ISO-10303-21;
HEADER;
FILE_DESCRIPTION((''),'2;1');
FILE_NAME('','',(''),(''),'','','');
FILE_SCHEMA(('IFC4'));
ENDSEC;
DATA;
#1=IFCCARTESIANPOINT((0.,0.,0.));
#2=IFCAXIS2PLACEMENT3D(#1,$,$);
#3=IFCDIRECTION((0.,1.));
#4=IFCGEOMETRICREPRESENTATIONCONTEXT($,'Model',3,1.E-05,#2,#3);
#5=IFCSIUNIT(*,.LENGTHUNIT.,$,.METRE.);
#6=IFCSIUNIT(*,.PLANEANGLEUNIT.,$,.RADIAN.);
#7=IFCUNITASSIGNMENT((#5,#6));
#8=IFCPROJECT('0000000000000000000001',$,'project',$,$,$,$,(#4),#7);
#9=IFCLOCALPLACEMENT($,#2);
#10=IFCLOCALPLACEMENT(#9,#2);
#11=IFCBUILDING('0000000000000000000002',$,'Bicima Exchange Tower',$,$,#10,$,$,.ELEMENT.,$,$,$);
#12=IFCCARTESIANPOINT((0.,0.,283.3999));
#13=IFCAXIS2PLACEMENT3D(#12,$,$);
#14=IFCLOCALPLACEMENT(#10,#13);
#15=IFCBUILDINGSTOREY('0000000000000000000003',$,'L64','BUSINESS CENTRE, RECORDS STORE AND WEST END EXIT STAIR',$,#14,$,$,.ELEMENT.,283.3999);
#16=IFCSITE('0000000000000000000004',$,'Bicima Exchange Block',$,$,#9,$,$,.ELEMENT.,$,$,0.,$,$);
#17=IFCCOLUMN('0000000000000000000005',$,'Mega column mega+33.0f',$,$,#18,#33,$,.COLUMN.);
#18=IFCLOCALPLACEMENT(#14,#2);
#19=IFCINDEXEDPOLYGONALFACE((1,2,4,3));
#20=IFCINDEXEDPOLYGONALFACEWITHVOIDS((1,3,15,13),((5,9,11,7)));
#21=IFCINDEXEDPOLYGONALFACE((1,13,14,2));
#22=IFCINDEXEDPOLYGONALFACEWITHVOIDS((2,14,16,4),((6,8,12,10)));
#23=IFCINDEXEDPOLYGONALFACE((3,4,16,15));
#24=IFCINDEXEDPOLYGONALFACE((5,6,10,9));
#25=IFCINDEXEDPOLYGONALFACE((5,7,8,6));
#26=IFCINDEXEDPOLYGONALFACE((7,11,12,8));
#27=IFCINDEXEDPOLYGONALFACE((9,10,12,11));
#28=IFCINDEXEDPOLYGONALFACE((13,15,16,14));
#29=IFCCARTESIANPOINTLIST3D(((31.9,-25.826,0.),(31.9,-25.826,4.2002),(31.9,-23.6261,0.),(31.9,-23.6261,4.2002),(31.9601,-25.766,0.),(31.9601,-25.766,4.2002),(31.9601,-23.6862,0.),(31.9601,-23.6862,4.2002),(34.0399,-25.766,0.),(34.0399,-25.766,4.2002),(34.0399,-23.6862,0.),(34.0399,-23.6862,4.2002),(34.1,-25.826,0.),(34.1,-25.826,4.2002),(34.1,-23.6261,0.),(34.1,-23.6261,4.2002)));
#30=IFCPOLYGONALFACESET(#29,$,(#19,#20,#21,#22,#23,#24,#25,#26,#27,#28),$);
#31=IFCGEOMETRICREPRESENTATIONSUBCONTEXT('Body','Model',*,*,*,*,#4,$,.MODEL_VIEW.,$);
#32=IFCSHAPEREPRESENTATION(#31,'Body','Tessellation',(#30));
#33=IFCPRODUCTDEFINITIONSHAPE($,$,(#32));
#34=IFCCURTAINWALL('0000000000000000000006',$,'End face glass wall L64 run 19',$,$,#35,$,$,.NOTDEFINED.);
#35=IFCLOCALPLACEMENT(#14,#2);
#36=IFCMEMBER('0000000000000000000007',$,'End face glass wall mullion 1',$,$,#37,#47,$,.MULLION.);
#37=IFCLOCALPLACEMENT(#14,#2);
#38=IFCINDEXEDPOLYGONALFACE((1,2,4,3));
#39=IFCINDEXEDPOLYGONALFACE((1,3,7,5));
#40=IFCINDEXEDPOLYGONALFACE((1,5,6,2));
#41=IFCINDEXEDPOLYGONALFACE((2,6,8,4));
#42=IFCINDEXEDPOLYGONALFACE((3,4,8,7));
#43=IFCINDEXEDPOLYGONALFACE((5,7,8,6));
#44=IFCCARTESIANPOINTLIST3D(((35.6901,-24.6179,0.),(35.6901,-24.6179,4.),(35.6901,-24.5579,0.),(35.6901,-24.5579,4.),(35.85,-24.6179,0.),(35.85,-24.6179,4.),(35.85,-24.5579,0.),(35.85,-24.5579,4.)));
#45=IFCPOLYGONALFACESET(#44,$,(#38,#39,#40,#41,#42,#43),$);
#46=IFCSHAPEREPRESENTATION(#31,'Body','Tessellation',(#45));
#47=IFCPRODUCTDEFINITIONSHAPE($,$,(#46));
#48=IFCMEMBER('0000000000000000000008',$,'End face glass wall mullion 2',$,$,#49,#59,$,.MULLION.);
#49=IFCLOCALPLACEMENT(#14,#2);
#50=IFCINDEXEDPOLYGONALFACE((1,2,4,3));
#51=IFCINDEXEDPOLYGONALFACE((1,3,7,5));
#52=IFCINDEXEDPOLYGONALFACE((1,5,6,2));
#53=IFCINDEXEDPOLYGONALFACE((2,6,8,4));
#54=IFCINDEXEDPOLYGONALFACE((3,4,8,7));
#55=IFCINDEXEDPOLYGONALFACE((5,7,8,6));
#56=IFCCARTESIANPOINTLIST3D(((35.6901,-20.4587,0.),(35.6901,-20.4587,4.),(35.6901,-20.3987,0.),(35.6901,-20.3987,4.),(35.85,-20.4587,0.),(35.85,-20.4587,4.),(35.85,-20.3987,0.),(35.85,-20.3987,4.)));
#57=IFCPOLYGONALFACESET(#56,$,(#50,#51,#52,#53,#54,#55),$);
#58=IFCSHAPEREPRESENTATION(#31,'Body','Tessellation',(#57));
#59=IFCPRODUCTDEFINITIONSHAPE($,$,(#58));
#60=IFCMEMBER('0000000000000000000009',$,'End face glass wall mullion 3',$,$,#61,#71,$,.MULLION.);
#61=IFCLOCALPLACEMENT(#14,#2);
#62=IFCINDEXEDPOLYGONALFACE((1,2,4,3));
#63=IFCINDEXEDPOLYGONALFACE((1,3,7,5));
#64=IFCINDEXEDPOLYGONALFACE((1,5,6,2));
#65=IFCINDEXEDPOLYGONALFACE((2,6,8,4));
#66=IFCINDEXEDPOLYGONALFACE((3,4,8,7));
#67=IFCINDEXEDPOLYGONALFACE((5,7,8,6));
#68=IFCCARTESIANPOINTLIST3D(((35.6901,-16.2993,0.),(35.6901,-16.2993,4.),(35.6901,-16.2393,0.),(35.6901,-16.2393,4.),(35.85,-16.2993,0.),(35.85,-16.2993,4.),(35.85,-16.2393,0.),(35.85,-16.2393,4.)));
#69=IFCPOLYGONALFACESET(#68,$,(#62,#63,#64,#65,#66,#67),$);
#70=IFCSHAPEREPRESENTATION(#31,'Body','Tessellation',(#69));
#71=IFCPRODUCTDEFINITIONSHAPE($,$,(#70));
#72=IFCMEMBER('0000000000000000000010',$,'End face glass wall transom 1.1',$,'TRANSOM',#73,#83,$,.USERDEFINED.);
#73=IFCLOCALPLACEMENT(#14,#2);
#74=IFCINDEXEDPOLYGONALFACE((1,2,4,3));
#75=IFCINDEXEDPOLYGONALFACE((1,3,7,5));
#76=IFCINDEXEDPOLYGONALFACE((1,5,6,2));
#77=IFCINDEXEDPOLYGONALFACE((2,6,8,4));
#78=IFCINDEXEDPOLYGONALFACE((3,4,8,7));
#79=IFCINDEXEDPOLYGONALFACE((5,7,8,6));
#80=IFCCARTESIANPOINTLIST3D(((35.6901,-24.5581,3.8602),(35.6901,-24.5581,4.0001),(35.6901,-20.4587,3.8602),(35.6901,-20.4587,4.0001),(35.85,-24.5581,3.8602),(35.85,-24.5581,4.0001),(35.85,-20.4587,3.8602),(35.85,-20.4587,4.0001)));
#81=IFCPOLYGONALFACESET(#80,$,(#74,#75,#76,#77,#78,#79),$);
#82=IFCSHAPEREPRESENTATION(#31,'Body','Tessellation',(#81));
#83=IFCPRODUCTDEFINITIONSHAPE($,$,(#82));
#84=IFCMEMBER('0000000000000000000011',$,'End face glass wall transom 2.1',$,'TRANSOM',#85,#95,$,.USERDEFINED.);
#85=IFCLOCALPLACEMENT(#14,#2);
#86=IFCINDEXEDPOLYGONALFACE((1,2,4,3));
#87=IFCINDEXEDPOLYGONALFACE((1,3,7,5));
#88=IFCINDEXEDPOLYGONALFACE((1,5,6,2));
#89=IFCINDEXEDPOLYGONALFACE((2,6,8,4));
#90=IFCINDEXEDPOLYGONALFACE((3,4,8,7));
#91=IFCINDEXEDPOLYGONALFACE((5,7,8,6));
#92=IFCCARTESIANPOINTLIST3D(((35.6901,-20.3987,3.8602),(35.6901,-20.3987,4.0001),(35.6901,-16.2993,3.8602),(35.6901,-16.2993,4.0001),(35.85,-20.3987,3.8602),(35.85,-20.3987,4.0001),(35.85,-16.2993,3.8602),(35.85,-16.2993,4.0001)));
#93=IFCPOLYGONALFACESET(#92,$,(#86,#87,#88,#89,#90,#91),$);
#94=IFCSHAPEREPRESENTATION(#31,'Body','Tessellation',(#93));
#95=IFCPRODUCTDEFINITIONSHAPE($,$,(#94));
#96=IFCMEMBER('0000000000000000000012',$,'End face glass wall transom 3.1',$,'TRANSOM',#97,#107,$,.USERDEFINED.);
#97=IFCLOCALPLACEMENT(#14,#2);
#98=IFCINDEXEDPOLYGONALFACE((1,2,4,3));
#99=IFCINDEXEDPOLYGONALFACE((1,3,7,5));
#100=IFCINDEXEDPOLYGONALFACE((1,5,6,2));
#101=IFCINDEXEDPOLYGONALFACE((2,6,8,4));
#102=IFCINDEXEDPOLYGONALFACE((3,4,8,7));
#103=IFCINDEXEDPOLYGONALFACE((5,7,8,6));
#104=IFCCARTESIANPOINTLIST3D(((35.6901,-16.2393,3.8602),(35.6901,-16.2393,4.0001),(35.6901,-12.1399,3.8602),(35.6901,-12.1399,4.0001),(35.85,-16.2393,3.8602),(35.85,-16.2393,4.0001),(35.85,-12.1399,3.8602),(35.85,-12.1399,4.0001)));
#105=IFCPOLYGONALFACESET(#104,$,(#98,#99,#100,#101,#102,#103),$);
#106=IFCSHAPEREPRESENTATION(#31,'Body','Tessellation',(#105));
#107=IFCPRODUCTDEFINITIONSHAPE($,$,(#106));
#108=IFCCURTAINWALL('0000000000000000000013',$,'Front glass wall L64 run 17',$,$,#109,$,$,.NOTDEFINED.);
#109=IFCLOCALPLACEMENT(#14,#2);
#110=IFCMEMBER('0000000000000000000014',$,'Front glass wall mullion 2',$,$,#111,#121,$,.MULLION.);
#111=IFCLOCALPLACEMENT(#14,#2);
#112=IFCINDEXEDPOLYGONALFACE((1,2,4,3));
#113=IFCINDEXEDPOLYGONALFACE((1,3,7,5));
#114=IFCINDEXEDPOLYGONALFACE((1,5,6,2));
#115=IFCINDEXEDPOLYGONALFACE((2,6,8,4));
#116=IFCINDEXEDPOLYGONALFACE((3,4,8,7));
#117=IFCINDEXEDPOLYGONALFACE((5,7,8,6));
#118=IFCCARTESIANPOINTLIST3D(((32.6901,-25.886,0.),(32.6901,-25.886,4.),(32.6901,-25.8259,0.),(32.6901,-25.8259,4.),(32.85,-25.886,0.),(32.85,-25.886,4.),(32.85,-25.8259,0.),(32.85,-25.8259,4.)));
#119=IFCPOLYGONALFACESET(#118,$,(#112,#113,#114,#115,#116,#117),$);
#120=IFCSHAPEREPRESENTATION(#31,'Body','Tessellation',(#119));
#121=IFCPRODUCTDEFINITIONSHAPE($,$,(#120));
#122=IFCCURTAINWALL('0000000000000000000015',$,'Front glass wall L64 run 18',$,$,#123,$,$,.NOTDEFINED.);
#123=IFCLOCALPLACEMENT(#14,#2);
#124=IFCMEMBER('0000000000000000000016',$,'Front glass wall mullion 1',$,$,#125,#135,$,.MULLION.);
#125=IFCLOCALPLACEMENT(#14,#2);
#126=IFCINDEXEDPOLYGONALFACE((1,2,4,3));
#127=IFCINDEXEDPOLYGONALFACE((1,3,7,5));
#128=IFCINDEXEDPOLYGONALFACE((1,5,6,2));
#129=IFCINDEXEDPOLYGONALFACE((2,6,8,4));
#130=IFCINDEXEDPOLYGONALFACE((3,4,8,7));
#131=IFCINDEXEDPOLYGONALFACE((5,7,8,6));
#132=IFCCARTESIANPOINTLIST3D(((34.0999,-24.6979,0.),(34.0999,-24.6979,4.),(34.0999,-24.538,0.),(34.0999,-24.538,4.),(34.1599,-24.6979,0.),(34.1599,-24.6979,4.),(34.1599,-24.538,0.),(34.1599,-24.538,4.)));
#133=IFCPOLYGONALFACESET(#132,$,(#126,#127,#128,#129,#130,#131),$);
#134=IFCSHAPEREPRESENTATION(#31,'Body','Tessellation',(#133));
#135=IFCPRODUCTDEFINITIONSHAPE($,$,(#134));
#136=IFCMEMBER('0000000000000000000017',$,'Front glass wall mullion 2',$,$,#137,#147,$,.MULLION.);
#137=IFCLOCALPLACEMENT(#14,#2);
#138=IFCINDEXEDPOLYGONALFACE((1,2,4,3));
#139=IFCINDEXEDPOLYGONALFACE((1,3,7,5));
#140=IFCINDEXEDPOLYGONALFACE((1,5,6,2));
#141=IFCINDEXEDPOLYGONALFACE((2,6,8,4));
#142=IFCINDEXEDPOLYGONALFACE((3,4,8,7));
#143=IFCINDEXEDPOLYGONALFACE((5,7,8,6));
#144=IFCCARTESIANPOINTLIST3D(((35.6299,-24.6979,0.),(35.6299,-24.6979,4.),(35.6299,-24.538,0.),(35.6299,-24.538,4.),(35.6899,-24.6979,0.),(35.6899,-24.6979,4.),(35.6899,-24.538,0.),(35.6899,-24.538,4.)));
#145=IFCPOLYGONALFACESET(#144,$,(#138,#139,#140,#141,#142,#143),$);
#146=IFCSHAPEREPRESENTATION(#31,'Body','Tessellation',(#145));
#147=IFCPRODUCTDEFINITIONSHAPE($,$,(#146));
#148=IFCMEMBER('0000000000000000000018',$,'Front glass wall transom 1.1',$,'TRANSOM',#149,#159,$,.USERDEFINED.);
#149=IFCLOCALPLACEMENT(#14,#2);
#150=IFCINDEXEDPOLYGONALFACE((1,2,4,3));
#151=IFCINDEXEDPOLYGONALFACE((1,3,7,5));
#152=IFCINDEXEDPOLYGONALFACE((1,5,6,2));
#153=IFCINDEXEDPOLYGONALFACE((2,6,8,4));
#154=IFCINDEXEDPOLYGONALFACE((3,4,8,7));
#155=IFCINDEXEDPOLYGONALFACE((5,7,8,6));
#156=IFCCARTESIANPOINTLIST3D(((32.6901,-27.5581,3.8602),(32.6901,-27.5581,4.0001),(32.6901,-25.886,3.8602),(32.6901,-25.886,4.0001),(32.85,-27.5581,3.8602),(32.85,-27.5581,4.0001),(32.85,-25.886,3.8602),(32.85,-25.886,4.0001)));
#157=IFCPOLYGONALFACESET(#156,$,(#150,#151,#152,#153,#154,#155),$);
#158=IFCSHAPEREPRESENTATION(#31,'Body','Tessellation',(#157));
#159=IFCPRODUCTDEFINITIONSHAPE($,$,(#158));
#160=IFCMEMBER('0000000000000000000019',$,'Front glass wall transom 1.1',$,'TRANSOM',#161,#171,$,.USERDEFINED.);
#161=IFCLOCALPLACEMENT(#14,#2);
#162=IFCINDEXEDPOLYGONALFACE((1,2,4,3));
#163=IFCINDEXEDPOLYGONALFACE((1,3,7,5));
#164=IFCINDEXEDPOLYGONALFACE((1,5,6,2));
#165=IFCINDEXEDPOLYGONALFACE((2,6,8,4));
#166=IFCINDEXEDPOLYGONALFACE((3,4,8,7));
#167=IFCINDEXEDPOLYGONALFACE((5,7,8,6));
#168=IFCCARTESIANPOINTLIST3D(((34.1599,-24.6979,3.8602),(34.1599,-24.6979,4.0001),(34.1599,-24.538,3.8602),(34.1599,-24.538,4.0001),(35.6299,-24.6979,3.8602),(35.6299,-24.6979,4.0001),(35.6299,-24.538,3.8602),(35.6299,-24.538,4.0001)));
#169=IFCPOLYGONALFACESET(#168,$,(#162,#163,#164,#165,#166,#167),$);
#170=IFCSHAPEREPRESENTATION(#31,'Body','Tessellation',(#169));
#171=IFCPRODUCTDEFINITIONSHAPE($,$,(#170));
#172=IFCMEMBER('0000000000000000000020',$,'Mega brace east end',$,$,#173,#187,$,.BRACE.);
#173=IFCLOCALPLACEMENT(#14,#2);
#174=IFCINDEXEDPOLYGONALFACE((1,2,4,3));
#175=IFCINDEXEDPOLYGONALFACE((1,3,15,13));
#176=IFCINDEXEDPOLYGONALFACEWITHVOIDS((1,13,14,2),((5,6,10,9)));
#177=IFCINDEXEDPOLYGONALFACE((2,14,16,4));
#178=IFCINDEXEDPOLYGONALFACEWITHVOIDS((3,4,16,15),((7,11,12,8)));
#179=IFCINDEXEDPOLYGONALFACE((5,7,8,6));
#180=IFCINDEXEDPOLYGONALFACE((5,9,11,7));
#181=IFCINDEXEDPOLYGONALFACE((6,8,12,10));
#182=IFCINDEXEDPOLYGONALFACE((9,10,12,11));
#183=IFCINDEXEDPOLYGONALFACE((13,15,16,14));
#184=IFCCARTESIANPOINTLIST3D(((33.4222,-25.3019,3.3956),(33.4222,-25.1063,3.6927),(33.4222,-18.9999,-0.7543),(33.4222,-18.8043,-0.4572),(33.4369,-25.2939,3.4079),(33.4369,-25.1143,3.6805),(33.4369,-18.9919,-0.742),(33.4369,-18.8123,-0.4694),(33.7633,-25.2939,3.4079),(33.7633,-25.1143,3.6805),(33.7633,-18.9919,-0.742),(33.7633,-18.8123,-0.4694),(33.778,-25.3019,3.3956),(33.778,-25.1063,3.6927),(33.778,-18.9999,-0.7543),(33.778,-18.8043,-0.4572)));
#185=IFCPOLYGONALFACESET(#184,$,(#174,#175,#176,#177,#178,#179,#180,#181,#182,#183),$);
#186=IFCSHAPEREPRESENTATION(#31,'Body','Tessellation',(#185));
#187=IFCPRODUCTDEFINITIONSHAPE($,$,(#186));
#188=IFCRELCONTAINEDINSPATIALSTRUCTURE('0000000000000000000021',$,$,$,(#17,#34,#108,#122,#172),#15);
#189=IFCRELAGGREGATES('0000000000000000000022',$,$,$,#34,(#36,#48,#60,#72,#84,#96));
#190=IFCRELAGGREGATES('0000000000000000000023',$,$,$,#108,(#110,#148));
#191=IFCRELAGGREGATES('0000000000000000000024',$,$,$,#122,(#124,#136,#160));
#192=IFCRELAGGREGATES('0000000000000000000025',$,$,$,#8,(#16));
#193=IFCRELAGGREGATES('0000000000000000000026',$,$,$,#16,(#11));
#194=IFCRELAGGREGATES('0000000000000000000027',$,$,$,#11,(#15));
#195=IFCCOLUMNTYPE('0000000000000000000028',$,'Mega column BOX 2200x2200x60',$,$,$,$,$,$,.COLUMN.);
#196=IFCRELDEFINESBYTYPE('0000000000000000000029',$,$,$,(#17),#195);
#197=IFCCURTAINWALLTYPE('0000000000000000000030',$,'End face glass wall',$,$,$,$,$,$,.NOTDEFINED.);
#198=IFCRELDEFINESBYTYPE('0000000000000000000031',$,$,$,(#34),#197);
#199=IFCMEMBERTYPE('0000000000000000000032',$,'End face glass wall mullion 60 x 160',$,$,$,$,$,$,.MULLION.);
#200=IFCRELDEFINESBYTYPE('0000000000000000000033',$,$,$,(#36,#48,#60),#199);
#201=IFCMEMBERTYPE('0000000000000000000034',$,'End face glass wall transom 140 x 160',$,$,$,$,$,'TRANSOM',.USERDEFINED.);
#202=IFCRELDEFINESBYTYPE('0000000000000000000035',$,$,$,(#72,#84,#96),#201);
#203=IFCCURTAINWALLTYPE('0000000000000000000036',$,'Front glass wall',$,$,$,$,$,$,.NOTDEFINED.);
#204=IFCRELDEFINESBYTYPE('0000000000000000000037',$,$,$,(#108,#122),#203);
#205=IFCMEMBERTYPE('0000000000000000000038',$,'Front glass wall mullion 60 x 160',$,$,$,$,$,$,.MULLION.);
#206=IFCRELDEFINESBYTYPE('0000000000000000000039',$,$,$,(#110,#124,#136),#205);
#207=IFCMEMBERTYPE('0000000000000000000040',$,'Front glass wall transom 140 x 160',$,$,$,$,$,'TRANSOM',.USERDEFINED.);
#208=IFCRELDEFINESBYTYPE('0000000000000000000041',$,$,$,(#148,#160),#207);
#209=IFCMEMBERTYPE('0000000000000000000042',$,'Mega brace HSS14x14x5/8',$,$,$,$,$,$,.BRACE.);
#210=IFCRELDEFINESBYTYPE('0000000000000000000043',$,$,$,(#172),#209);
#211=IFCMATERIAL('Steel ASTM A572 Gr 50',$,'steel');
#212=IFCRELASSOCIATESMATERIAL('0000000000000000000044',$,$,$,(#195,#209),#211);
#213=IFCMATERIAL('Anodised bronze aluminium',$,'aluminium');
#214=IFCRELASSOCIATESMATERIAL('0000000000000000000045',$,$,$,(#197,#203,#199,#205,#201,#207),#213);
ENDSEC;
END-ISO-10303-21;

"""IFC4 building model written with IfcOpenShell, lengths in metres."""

from ifc_helpers import new_model, si_unit, direction, frame, origin, origin_2d, place, context, subcontext, project, spatial, rectangle, hollow_rectangle, extrude, material, material_profile, profile_set, type_object, element, aggregate, save


model = new_model("IFC4")

# Units and contexts
model_context = context("Model", 3, precision=1e-05, world=origin(), true_north=direction((0.0, 1.0)))
body_context = subcontext(model_context, "Body", "Model", "MODEL_VIEW")
ifc_project = project(units=[si_unit("LENGTHUNIT", "METRE"), si_unit("PLANEANGLEUNIT", "RADIAN")], contexts=[model_context])

# Site, building, storey
site_placement = place(None, origin())
site = spatial("IfcSite", under=ifc_project, at=site_placement, Name="Bicima Exchange Block", CompositionType="ELEMENT", RefElevation=0.0)
building_placement = place(site_placement, origin())
building = spatial("IfcBuilding", under=site, at=building_placement, Name="Bicima Exchange Tower", CompositionType="ELEMENT")
storey_placement = place(building_placement, frame((0.0, 0.0, 283.3999)))
storey = spatial("IfcBuildingStorey", under=building, at=storey_placement, Name="L64", Description="BUSINESS CENTRE, RECORDS STORE AND WEST END EXIT STAIR", CompositionType="ELEMENT", Elevation=283.3999)

# Column
ifc_material_1 = material(Name="Steel ASTM A572 Gr 50", Category="steel")
ifc_material_profile_1 = material_profile(ifc_material_1, hollow_rectangle(XDim=2.2, YDim=2.2, WallThickness=0.0601, at=origin_2d()))
ifc_profile_set_1 = profile_set([ifc_material_profile_1], Name="Steel ASTM A572 Gr 50")
column_type = type_object("IfcColumnType", Name="Mega column BOX 2200x2200x60", PredefinedType="COLUMN", material=ifc_profile_set_1)
column_placement = place(storey_placement, frame((33.0, -24.7261, 0.0), z_axis=(0.0, 0.0, 1.0), x_axis=(1.0, 0.0, 0.0)))
element("IfcColumn", 1, at=column_placement, inside=storey, type_object=column_type, Name="Mega column mega+33.0f", PredefinedType="COLUMN", context=body_context, shape_type="SweptSolid", body=[
    extrude(hollow_rectangle(XDim=2.2, YDim=2.2, WallThickness=0.0601, at=origin_2d()), origin(), (0.0, 0.0, 1.0), 4.2002),
])

# Curtain wall, members
ifc_material_2 = material(Name="Anodised bronze aluminium", Category="aluminium")
curtain_wall_type_1 = type_object("IfcCurtainWallType", Name="End face glass wall", PredefinedType="NOTDEFINED", material=ifc_material_2)
curtain_wall_1_placement = place(storey_placement, origin())
curtain_wall_1 = element("IfcCurtainWall", 2, at=curtain_wall_1_placement, inside=storey, type_object=curtain_wall_type_1, Name="End face glass wall L64 run 19", PredefinedType="NOTDEFINED")
ifc_material_profile_2 = material_profile(ifc_material_2, rectangle(XDim=0.1599, YDim=0.0601, at=origin_2d()))
ifc_profile_set_2 = profile_set([ifc_material_profile_2], Name="Anodised bronze aluminium")
member_type_1 = type_object("IfcMemberType", Name="End face glass wall mullion 60 x 160", PredefinedType="MULLION", material=ifc_profile_set_2)
member_1_placement = place(storey_placement, frame((35.77, -24.5879, 0.0), z_axis=(0.0, 0.0, 1.0), x_axis=(-1.0, 0.0, 0.0)))
member_1 = element("IfcMember", 3, at=member_1_placement, type_object=member_type_1, Name="End face glass wall mullion 1", PredefinedType="MULLION", context=body_context, shape_type="SweptSolid", body=[
    extrude(rectangle(XDim=0.1599, YDim=0.0601, at=origin_2d()), origin(), (0.0, 0.0, 1.0), 4.0),
])
member_2_placement = place(storey_placement, frame((35.77, -20.4287, 0.0), z_axis=(0.0, 0.0, 1.0), x_axis=(-1.0, 0.0, 0.0)))
member_2 = element("IfcMember", 4, at=member_2_placement, type_object=member_type_1, Name="End face glass wall mullion 2", PredefinedType="MULLION", context=body_context, shape_type="SweptSolid", body=[
    extrude(rectangle(XDim=0.1599, YDim=0.0601, at=origin_2d()), origin(), (0.0, 0.0, 1.0), 4.0),
])
member_3_placement = place(storey_placement, frame((35.77, -16.2693, 0.0), z_axis=(0.0, 0.0, 1.0), x_axis=(-1.0, 0.0, 0.0)))
member_3 = element("IfcMember", 5, at=member_3_placement, type_object=member_type_1, Name="End face glass wall mullion 3", PredefinedType="MULLION", context=body_context, shape_type="SweptSolid", body=[
    extrude(rectangle(XDim=0.1599, YDim=0.0601, at=origin_2d()), origin(), (0.0, 0.0, 1.0), 4.0),
])
ifc_material_profile_3 = material_profile(ifc_material_2, rectangle(XDim=0.1599, YDim=0.1399, at=origin_2d()))
ifc_profile_set_3 = profile_set([ifc_material_profile_3], Name="Anodised bronze aluminium")
member_type_2 = type_object("IfcMemberType", Name="End face glass wall transom 140 x 160", ElementType="TRANSOM", PredefinedType="USERDEFINED", material=ifc_profile_set_3)
member_4_placement = place(storey_placement, frame((35.77, -24.5581, 3.9302), z_axis=(0.0, 1.0, 0.0), x_axis=(-1.0, 0.0, 0.0)))
member_4 = element("IfcMember", 6, at=member_4_placement, type_object=member_type_2, Name="End face glass wall transom 1.1", ObjectType="TRANSOM", PredefinedType="USERDEFINED", context=body_context, shape_type="SweptSolid", body=[
    extrude(rectangle(XDim=0.1599, YDim=0.1399, at=origin_2d()), origin(), (0.0, 0.0, 1.0), 4.0994),
])
member_5_placement = place(storey_placement, frame((35.77, -20.3987, 3.9302), z_axis=(0.0, 1.0, 0.0), x_axis=(-1.0, 0.0, 0.0)))
member_5 = element("IfcMember", 7, at=member_5_placement, type_object=member_type_2, Name="End face glass wall transom 2.1", ObjectType="TRANSOM", PredefinedType="USERDEFINED", context=body_context, shape_type="SweptSolid", body=[
    extrude(rectangle(XDim=0.1599, YDim=0.1399, at=origin_2d()), origin(), (0.0, 0.0, 1.0), 4.0994),
])
member_6_placement = place(storey_placement, frame((35.77, -16.2393, 3.9302), z_axis=(0.0, 1.0, 0.0), x_axis=(-1.0, 0.0, 0.0)))
member_6 = element("IfcMember", 8, at=member_6_placement, type_object=member_type_2, Name="End face glass wall transom 3.1", ObjectType="TRANSOM", PredefinedType="USERDEFINED", context=body_context, shape_type="SweptSolid", body=[
    extrude(rectangle(XDim=0.1599, YDim=0.1399, at=origin_2d()), origin(), (0.0, 0.0, 1.0), 4.0994),
])

# Curtain wall, member
curtain_wall_type_2 = type_object("IfcCurtainWallType", Name="Front glass wall", PredefinedType="NOTDEFINED", material=ifc_material_2)
curtain_wall_2_placement = place(storey_placement, origin())
curtain_wall_2 = element("IfcCurtainWall", 9, at=curtain_wall_2_placement, inside=storey, type_object=curtain_wall_type_2, Name="Front glass wall L64 run 17", PredefinedType="NOTDEFINED")
member_type_3 = type_object("IfcMemberType", Name="Front glass wall mullion 60 x 160", PredefinedType="MULLION", material=ifc_profile_set_2)
member_7_placement = place(storey_placement, frame((32.77, -25.856, 0.0), z_axis=(0.0, 0.0, 1.0), x_axis=(-1.0, 0.0, 0.0)))
member_7 = element("IfcMember", 10, at=member_7_placement, type_object=member_type_3, Name="Front glass wall mullion 2", PredefinedType="MULLION", context=body_context, shape_type="SweptSolid", body=[
    extrude(rectangle(XDim=0.1599, YDim=0.0601, at=origin_2d()), origin(), (0.0, 0.0, 1.0), 4.0),
])

# Curtain wall, members
curtain_wall_3_placement = place(storey_placement, origin())
curtain_wall_3 = element("IfcCurtainWall", 11, at=curtain_wall_3_placement, inside=storey, type_object=curtain_wall_type_2, Name="Front glass wall L64 run 18", PredefinedType="NOTDEFINED")
member_8_placement = place(storey_placement, frame((34.1299, -24.6179, 0.0), z_axis=(0.0, 0.0, 1.0), x_axis=(0.0, 1.0, 0.0)))
member_8 = element("IfcMember", 12, at=member_8_placement, type_object=member_type_3, Name="Front glass wall mullion 1", PredefinedType="MULLION", context=body_context, shape_type="SweptSolid", body=[
    extrude(rectangle(XDim=0.1599, YDim=0.0601, at=origin_2d()), origin(), (0.0, 0.0, 1.0), 4.0),
])
member_9_placement = place(storey_placement, frame((35.6599, -24.6179, 0.0), z_axis=(0.0, 0.0, 1.0), x_axis=(0.0, 1.0, 0.0)))
member_9 = element("IfcMember", 13, at=member_9_placement, type_object=member_type_3, Name="Front glass wall mullion 2", PredefinedType="MULLION", context=body_context, shape_type="SweptSolid", body=[
    extrude(rectangle(XDim=0.1599, YDim=0.0601, at=origin_2d()), origin(), (0.0, 0.0, 1.0), 4.0),
])

# Members
member_type_4 = type_object("IfcMemberType", Name="Front glass wall transom 140 x 160", ElementType="TRANSOM", PredefinedType="USERDEFINED", material=ifc_profile_set_3)
member_10_placement = place(storey_placement, frame((32.77, -27.5581, 3.9302), z_axis=(0.0, 1.0, 0.0), x_axis=(-1.0, 0.0, 0.0)))
member_10 = element("IfcMember", 14, at=member_10_placement, type_object=member_type_4, Name="Front glass wall transom 1.1", ObjectType="TRANSOM", PredefinedType="USERDEFINED", context=body_context, shape_type="SweptSolid", body=[
    extrude(rectangle(XDim=0.1599, YDim=0.1399, at=origin_2d()), origin(), (0.0, 0.0, 1.0), 1.6721),
])
member_11_placement = place(storey_placement, frame((34.1599, -24.6179, 3.9302), z_axis=(1.0, 0.0, 0.0), x_axis=(0.0, 1.0, 0.0)))
member_11 = element("IfcMember", 15, at=member_11_placement, type_object=member_type_4, Name="Front glass wall transom 1.1", ObjectType="TRANSOM", PredefinedType="USERDEFINED", context=body_context, shape_type="SweptSolid", body=[
    extrude(rectangle(XDim=0.1599, YDim=0.1399, at=origin_2d()), origin(), (0.0, 0.0, 1.0), 1.47),
])

# Member
ifc_material_profile_4 = material_profile(ifc_material_1, hollow_rectangle(XDim=0.3557, YDim=0.3557, WallThickness=0.0146, at=origin_2d()))
ifc_profile_set_4 = profile_set([ifc_material_profile_4], Name="Steel ASTM A572 Gr 50")
member_type_5 = type_object("IfcMemberType", Name="Mega brace HSS14x14x5/8", PredefinedType="BRACE", material=ifc_profile_set_4)
member_12_placement = place(storey_placement, frame((33.6001, -18.9021, -0.6057), z_axis=(0.0, -0.835183, 0.549972), x_axis=(1.0, 0.0, 0.0)))
element("IfcMember", 16, at=member_12_placement, inside=storey, type_object=member_type_5, Name="Mega brace east end", PredefinedType="BRACE", context=body_context, shape_type="SweptSolid", body=[
    extrude(hollow_rectangle(XDim=0.3557, YDim=0.3557, WallThickness=0.0146, at=origin_2d()), origin(), (0.0, 0.0, 1.0), 7.5457),
])

aggregate(curtain_wall_1, [member_1, member_2, member_3, member_4, member_5, member_6])
aggregate(curtain_wall_2, [member_7, member_10])
aggregate(curtain_wall_3, [member_8, member_9, member_11])

save(model, "model.ifc")
